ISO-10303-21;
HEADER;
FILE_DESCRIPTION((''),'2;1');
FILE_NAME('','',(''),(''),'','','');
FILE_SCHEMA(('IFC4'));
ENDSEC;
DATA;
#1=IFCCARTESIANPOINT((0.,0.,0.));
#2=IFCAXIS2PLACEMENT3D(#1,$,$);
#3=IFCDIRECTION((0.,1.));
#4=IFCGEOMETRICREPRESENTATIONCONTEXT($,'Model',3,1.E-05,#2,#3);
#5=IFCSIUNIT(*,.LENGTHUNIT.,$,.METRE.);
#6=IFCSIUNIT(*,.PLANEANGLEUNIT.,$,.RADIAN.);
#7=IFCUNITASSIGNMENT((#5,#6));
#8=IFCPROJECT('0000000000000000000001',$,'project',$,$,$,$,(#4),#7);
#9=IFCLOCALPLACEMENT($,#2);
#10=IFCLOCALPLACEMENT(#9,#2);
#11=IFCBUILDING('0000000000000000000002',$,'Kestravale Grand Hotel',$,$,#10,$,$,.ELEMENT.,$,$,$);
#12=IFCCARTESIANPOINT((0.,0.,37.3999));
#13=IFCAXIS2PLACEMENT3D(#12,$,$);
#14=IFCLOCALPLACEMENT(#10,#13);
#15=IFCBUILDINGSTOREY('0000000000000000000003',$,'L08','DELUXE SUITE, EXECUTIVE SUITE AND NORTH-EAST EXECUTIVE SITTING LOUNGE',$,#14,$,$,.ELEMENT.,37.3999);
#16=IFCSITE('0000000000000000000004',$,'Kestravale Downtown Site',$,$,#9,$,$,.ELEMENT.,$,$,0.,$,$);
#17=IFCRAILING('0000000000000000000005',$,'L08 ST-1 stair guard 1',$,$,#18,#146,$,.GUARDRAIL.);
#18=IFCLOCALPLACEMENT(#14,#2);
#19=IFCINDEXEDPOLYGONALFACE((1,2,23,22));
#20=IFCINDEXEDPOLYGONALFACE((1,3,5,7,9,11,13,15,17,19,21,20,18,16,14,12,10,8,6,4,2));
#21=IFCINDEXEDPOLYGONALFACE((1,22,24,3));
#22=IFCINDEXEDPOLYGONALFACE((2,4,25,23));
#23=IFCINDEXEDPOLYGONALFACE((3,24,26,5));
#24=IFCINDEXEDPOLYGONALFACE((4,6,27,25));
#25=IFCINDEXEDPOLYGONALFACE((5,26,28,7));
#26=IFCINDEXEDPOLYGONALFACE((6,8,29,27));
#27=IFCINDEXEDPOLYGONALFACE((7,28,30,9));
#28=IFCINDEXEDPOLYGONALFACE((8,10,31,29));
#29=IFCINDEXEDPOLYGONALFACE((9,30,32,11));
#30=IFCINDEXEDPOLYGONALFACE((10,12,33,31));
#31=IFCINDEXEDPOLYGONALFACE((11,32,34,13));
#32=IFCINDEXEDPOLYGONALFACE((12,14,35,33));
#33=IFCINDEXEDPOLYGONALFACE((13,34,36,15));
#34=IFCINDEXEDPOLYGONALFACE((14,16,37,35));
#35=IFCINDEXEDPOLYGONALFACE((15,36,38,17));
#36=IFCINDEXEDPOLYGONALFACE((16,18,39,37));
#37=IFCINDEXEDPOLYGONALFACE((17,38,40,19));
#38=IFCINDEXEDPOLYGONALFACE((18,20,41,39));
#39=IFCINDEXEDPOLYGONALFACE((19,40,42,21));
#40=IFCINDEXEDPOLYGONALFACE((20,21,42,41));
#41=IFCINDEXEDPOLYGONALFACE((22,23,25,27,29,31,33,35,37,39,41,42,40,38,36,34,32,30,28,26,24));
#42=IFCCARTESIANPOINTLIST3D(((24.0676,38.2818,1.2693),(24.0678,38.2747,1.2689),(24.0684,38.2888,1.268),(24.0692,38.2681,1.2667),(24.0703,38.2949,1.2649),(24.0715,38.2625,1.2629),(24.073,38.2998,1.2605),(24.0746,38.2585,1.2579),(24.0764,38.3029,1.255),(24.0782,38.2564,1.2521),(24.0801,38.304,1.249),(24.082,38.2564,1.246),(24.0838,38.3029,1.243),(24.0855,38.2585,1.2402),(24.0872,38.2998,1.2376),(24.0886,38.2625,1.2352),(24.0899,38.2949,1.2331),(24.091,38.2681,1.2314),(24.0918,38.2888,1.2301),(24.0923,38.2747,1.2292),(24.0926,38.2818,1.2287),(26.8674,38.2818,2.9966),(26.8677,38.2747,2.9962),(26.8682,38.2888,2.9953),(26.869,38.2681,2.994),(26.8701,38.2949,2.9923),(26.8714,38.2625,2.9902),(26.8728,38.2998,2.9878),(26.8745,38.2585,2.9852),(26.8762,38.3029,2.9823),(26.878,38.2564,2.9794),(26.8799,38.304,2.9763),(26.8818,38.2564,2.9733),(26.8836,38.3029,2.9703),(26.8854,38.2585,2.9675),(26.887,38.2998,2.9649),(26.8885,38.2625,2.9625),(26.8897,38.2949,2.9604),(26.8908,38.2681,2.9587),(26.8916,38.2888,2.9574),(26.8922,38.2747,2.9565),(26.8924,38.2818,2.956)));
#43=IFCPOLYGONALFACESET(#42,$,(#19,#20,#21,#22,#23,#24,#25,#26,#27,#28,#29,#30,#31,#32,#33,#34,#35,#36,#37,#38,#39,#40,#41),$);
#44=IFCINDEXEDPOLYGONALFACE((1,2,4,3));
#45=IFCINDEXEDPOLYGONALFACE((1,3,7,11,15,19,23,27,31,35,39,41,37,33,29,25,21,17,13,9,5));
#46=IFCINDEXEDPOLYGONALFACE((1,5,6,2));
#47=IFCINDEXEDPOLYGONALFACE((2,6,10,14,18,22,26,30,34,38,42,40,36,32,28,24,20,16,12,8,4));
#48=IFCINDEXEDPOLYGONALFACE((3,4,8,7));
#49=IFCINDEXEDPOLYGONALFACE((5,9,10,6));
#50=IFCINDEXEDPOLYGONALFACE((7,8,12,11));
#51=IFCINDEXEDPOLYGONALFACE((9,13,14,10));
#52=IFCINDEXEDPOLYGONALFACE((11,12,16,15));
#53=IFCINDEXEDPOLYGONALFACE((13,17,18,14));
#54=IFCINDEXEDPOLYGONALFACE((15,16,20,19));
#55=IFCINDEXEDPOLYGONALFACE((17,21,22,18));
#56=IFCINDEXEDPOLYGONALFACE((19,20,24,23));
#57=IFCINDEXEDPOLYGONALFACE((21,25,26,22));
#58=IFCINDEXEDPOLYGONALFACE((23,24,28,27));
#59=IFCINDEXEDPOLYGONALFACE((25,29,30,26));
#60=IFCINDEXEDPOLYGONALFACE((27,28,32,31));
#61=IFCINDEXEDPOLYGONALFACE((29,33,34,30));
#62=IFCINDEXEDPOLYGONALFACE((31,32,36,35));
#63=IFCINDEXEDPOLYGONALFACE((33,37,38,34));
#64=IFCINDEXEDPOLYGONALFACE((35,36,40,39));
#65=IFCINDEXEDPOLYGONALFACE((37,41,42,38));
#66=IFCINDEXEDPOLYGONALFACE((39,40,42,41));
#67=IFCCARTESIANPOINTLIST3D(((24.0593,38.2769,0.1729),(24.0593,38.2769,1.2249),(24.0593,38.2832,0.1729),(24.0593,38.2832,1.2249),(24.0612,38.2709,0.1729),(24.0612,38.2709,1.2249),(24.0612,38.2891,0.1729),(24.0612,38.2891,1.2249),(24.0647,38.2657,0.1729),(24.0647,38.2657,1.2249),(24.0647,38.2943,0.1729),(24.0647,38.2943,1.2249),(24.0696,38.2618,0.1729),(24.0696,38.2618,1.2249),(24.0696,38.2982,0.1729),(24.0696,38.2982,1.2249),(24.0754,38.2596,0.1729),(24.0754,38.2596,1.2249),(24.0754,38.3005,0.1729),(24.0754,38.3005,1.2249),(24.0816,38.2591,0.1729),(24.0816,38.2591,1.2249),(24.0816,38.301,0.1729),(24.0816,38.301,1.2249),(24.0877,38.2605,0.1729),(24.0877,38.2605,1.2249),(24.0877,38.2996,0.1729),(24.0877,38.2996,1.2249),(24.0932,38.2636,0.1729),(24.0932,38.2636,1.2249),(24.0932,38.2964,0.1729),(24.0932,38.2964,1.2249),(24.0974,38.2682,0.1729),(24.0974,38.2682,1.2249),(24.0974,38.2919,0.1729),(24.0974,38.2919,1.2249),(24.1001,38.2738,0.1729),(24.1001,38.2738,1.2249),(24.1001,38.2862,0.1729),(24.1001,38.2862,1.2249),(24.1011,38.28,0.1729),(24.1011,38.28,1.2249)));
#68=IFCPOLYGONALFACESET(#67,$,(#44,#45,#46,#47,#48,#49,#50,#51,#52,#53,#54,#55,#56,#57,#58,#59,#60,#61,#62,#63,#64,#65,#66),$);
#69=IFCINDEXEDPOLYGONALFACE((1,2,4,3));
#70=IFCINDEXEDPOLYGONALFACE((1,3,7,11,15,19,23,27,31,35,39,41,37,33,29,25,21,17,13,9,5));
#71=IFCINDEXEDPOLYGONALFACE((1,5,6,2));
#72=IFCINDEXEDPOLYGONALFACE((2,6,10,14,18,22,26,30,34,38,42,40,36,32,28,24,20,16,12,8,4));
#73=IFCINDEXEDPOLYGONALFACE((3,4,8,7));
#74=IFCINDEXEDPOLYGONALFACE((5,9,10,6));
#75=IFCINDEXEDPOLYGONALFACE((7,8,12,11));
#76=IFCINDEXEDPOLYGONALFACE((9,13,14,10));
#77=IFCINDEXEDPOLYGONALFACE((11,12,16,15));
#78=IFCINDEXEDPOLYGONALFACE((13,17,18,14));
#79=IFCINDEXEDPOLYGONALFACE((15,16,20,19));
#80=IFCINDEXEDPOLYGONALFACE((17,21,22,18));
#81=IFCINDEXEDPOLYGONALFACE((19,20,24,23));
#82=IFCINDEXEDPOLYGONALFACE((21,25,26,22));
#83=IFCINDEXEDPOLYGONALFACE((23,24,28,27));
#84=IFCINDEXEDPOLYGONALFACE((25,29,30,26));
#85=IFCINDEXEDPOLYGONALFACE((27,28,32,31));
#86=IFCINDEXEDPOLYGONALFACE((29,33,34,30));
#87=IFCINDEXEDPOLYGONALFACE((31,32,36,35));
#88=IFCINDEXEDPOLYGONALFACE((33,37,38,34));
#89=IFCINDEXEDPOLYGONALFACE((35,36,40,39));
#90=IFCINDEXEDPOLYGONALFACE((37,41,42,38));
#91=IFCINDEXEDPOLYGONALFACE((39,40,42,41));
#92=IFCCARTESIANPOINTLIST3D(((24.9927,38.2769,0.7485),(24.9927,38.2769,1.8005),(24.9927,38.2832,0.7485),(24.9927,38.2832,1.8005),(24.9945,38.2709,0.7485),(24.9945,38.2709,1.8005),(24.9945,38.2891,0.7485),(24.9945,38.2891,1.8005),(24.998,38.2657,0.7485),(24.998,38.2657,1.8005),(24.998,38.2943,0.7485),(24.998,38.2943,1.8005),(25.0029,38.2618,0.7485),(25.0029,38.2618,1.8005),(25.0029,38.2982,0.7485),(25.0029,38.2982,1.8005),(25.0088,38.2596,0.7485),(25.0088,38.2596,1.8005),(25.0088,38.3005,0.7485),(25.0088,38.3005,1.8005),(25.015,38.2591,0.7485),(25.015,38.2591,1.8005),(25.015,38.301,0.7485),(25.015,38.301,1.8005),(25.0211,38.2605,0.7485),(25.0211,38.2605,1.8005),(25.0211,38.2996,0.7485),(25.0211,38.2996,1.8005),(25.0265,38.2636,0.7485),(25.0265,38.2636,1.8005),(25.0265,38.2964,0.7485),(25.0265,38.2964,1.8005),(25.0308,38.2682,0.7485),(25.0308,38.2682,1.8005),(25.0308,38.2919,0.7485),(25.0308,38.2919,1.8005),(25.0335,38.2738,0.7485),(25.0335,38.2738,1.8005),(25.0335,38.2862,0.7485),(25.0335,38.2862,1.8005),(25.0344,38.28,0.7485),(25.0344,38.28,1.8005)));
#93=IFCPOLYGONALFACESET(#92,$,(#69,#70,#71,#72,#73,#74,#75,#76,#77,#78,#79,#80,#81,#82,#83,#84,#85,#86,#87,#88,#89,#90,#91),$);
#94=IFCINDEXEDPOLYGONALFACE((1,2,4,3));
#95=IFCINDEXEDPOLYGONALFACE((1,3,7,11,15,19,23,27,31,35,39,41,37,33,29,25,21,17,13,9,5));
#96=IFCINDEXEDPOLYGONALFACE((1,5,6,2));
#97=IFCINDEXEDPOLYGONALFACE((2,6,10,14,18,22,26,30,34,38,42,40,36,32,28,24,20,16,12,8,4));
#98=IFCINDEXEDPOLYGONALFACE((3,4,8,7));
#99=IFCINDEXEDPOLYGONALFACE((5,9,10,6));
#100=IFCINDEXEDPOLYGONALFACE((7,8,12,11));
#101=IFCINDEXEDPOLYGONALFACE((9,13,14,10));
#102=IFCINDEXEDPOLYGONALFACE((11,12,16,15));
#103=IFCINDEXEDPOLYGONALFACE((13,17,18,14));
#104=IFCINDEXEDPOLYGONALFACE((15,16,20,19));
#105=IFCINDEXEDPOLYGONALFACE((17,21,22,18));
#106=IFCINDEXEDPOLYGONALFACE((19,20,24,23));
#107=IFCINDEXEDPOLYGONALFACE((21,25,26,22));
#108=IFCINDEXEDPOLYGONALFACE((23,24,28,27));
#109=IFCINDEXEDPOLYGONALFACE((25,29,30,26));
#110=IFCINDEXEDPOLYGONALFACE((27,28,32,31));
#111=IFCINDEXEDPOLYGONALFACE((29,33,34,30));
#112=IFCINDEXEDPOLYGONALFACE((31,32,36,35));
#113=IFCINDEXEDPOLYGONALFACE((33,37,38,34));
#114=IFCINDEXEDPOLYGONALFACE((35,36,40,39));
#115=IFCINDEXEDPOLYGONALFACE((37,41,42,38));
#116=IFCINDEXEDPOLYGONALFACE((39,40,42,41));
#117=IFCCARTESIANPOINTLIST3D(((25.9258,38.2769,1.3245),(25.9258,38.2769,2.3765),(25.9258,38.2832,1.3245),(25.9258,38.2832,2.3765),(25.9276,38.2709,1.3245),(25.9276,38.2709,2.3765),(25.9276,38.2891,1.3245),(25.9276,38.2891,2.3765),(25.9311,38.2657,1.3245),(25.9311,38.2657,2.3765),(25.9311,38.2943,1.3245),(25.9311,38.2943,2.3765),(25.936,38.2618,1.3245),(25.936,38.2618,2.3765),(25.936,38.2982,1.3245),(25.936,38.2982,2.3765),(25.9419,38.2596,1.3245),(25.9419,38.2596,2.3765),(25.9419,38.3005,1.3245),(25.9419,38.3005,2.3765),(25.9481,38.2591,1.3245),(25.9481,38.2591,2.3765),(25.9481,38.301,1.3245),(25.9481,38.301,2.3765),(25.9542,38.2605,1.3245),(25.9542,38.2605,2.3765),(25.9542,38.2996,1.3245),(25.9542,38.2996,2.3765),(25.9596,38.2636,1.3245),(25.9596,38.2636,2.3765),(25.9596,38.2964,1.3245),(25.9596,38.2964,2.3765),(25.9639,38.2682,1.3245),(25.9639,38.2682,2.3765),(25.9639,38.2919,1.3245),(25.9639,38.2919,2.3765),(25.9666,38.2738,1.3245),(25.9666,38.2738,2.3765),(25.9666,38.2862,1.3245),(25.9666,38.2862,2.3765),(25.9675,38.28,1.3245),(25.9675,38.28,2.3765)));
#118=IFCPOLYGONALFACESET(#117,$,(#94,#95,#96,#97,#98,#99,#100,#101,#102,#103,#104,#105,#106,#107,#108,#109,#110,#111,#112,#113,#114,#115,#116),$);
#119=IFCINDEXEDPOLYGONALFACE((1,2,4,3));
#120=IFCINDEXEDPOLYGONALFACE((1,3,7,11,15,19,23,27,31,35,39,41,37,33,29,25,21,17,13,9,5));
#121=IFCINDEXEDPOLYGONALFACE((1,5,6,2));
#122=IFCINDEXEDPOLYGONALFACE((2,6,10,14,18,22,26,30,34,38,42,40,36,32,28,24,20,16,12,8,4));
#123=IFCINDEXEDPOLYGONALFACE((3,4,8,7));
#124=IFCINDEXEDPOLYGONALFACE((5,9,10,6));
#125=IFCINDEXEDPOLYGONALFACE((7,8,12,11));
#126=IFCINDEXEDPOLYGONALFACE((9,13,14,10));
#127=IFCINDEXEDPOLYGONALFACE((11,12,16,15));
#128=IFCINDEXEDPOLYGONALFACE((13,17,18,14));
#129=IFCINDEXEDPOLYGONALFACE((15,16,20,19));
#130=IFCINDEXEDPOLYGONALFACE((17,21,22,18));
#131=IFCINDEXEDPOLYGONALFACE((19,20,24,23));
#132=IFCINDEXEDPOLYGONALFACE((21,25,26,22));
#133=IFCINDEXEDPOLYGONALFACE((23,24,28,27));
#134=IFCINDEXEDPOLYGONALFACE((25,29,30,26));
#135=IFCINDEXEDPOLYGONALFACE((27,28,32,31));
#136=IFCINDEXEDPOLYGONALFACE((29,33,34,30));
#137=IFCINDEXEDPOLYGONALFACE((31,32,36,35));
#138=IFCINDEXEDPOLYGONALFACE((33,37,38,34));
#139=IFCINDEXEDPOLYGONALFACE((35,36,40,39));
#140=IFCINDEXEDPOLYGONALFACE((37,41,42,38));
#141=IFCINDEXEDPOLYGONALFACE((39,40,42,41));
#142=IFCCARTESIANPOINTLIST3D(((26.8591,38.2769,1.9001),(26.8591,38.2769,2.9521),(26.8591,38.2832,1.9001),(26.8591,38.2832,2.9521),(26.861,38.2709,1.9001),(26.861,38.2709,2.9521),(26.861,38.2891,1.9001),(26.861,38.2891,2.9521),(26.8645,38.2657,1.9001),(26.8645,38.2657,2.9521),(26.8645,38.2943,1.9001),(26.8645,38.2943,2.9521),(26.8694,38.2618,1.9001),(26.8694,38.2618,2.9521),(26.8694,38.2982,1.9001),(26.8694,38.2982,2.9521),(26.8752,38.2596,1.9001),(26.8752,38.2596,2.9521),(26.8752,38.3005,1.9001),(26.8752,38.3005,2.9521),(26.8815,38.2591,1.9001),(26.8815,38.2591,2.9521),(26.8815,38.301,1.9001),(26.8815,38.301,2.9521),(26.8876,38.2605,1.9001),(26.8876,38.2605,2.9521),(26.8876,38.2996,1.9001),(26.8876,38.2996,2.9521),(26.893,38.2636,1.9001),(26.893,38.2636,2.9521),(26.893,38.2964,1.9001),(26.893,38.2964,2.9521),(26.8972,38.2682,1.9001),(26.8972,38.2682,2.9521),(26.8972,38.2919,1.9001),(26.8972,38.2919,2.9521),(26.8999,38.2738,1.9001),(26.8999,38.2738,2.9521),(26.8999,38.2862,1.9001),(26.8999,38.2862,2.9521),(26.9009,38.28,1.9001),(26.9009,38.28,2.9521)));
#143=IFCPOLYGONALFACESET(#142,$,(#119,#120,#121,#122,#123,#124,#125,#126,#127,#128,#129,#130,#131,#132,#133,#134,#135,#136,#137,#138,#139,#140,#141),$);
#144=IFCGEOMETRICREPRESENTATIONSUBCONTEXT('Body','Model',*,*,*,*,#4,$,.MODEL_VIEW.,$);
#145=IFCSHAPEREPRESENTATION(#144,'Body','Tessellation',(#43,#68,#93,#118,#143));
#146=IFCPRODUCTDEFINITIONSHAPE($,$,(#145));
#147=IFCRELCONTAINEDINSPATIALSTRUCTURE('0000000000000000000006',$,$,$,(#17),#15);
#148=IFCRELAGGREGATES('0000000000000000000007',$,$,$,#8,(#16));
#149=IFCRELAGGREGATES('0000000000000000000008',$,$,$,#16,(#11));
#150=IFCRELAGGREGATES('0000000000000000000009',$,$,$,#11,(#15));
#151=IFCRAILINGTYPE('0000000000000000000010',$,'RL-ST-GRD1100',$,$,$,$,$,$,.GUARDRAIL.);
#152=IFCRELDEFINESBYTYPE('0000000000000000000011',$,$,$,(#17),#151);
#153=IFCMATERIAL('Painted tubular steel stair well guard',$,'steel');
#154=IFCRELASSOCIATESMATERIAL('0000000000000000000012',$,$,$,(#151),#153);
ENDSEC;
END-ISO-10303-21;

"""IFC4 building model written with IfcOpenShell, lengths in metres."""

from ifc_helpers import new_model, si_unit, direction, frame, origin, origin_2d, place, context, subcontext, project, spatial, circle, extrude, material, type_object, element, save


model = new_model("IFC4")

# Units and contexts
model_context = context("Model", 3, precision=1e-05, world=origin(), true_north=direction((0.0, 1.0)))
body_context = subcontext(model_context, "Body", "Model", "MODEL_VIEW")
ifc_project = project(units=[si_unit("LENGTHUNIT", "METRE"), si_unit("PLANEANGLEUNIT", "RADIAN")], contexts=[model_context])

# Site, building, storey
site_placement = place(None, origin())
site = spatial("IfcSite", under=ifc_project, at=site_placement, Name="Kestravale Downtown Site", CompositionType="ELEMENT", RefElevation=0.0)
building_placement = place(site_placement, origin())
building = spatial("IfcBuilding", under=site, at=building_placement, Name="Kestravale Grand Hotel", CompositionType="ELEMENT")
storey_placement = place(building_placement, frame((0.0, 0.0, 37.3999)))
storey = spatial("IfcBuildingStorey", under=building, at=storey_placement, Name="L08", Description="DELUXE SUITE, EXECUTIVE SUITE AND NORTH-EAST EXECUTIVE SITTING LOUNGE", CompositionType="ELEMENT", Elevation=37.3999)

# Railing
ifc_material_1 = material(Name="Painted tubular steel stair well guard", Category="steel")
railing_type_1 = type_object("IfcRailingType", Name="RL-ST-GRD1100", PredefinedType="GUARDRAIL", material=ifc_material_1)
railing_1_placement = place(storey_placement, frame((24.0801, 38.28, 0.1729)))
element("IfcRailing", 1, at=railing_1_placement, inside=storey, type_object=railing_type_1, Name="L08 ST-1 stair guard 1", PredefinedType="GUARDRAIL", context=body_context, shape_type="SweptSolid", body=[
    extrude(circle(Radius=0.0239, at=origin_2d()), frame((0.0, 0.0, 1.0762), z_axis=(0.851069, 0.0, 0.525054), x_axis=(0.0, 1.0, 0.0)), (0.0, 0.0, 1.0), 3.2898),
    extrude(circle(Radius=0.021, at=origin_2d()), origin(), (0.0, 0.0, 1.0), 1.052),
    extrude(circle(Radius=0.021, at=origin_2d()), frame((0.9333, 0.0, 0.5757)), (0.0, 0.0, 1.0), 1.052),
    extrude(circle(Radius=0.021, at=origin_2d()), frame((1.8665, 0.0, 1.1516)), (0.0, 0.0, 1.0), 1.052),
    extrude(circle(Radius=0.021, at=origin_2d()), frame((2.7998, 0.0, 1.7273)), (0.0, 0.0, 1.0), 1.052),
])

save(model, "model.ifc")
